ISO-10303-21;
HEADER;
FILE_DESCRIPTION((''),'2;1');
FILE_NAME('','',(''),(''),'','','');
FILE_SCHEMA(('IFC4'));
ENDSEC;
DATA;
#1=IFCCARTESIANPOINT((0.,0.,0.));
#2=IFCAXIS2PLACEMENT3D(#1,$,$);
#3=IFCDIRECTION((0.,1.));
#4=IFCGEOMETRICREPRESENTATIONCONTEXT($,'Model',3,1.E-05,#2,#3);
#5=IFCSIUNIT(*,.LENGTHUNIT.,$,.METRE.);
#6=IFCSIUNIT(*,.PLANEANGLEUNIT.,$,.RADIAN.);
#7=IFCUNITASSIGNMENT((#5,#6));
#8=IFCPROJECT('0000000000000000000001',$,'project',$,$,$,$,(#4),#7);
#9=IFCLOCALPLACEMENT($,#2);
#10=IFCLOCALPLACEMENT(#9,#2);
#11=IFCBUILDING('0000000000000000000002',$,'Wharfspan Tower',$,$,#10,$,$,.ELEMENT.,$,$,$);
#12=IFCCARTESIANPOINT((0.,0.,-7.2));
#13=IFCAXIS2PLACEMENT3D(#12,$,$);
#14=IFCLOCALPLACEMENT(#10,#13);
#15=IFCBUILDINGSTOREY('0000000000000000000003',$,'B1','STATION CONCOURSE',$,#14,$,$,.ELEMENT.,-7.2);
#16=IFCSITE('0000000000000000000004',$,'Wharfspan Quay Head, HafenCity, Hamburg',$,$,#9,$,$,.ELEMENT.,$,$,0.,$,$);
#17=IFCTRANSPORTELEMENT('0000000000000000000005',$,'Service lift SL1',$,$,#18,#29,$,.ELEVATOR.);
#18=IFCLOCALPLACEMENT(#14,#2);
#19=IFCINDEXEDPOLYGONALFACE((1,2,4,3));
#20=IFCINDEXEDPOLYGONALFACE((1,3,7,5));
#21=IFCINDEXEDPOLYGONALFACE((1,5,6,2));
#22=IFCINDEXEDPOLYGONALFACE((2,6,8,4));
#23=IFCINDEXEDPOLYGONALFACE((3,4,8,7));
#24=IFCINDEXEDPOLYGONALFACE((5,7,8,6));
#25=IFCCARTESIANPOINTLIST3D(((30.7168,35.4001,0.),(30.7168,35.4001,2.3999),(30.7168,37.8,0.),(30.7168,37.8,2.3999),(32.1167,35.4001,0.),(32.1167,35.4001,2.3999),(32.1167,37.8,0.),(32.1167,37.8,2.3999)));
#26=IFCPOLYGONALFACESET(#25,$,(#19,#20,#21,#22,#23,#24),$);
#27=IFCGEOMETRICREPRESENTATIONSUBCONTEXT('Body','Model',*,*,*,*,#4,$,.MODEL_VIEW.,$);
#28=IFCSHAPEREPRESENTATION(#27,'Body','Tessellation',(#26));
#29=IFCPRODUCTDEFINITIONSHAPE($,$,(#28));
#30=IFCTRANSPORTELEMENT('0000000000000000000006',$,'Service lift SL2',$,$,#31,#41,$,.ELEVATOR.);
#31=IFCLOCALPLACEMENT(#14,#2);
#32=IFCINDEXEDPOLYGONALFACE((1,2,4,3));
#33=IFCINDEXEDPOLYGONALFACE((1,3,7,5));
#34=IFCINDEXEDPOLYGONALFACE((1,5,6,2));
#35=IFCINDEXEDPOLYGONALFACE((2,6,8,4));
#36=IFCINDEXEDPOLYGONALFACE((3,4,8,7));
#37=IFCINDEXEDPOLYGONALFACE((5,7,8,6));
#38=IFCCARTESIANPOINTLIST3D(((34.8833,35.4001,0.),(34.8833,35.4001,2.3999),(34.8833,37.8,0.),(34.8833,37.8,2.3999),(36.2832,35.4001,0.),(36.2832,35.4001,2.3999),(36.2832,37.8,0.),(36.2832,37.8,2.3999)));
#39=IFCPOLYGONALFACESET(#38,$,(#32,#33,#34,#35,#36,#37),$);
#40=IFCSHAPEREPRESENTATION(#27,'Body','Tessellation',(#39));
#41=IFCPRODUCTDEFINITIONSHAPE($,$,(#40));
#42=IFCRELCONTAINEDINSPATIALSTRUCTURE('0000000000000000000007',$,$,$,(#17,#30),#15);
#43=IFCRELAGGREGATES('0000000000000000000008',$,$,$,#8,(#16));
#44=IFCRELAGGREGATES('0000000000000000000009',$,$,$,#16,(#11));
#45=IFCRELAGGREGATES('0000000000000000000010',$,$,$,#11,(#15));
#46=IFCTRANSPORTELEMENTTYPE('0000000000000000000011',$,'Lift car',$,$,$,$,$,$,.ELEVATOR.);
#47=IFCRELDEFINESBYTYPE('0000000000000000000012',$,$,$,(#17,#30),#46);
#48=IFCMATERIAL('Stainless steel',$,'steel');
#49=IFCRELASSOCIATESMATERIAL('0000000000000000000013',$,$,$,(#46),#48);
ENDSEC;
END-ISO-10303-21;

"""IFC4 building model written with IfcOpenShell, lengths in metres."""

from ifc_helpers import new_model, si_unit, direction, frame, origin, origin_2d, place, context, subcontext, project, spatial, rectangle, extrude, material, type_object, element, save


model = new_model("IFC4")

# Units and contexts
model_context = context("Model", 3, precision=1e-05, world=origin(), true_north=direction((0.0, 1.0)))
body_context = subcontext(model_context, "Body", "Model", "MODEL_VIEW")
ifc_project = project(units=[si_unit("LENGTHUNIT", "METRE"), si_unit("PLANEANGLEUNIT", "RADIAN")], contexts=[model_context])

# Site, building, storey
site_placement = place(None, origin())
site = spatial("IfcSite", under=ifc_project, at=site_placement, Name="Wharfspan Quay Head, HafenCity, Hamburg", CompositionType="ELEMENT", RefElevation=0.0)
building_placement = place(site_placement, origin())
building = spatial("IfcBuilding", under=site, at=building_placement, Name="Wharfspan Tower", CompositionType="ELEMENT")
storey_placement = place(building_placement, frame((0.0, 0.0, -7.2)))
storey = spatial("IfcBuildingStorey", under=building, at=storey_placement, Name="B1", Description="STATION CONCOURSE", CompositionType="ELEMENT", Elevation=-7.2)

# Transport elements
ifc_material_1 = material(Name="Stainless steel", Category="steel")
transport_element_type = type_object("IfcTransportElementType", Name="Lift car", PredefinedType="ELEVATOR", material=ifc_material_1)
for number, where, z_axis, x_axis, name in (
    (1, (31.4167, 36.6001, 0.0), (0.0, 0.0, 1.0), (1.0, 0.0, 0.0), "Service lift SL1"),
    (2, (35.5833, 36.6001, 0.0), (0.0, 0.0, 1.0), (1.0, 0.0, 0.0), "Service lift SL2"),
):
    element("IfcTransportElement", number, at=place(storey_placement, frame(where, z_axis=z_axis, x_axis=x_axis)), inside=storey, type_object=transport_element_type, Name=name, PredefinedType="ELEVATOR", context=body_context, shape_type="SweptSolid", body=[
        extrude(rectangle(XDim=1.3999, YDim=2.3999, at=origin_2d()), origin(), (0.0, 0.0, 1.0), 2.3999),
    ])

save(model, "model.ifc")
